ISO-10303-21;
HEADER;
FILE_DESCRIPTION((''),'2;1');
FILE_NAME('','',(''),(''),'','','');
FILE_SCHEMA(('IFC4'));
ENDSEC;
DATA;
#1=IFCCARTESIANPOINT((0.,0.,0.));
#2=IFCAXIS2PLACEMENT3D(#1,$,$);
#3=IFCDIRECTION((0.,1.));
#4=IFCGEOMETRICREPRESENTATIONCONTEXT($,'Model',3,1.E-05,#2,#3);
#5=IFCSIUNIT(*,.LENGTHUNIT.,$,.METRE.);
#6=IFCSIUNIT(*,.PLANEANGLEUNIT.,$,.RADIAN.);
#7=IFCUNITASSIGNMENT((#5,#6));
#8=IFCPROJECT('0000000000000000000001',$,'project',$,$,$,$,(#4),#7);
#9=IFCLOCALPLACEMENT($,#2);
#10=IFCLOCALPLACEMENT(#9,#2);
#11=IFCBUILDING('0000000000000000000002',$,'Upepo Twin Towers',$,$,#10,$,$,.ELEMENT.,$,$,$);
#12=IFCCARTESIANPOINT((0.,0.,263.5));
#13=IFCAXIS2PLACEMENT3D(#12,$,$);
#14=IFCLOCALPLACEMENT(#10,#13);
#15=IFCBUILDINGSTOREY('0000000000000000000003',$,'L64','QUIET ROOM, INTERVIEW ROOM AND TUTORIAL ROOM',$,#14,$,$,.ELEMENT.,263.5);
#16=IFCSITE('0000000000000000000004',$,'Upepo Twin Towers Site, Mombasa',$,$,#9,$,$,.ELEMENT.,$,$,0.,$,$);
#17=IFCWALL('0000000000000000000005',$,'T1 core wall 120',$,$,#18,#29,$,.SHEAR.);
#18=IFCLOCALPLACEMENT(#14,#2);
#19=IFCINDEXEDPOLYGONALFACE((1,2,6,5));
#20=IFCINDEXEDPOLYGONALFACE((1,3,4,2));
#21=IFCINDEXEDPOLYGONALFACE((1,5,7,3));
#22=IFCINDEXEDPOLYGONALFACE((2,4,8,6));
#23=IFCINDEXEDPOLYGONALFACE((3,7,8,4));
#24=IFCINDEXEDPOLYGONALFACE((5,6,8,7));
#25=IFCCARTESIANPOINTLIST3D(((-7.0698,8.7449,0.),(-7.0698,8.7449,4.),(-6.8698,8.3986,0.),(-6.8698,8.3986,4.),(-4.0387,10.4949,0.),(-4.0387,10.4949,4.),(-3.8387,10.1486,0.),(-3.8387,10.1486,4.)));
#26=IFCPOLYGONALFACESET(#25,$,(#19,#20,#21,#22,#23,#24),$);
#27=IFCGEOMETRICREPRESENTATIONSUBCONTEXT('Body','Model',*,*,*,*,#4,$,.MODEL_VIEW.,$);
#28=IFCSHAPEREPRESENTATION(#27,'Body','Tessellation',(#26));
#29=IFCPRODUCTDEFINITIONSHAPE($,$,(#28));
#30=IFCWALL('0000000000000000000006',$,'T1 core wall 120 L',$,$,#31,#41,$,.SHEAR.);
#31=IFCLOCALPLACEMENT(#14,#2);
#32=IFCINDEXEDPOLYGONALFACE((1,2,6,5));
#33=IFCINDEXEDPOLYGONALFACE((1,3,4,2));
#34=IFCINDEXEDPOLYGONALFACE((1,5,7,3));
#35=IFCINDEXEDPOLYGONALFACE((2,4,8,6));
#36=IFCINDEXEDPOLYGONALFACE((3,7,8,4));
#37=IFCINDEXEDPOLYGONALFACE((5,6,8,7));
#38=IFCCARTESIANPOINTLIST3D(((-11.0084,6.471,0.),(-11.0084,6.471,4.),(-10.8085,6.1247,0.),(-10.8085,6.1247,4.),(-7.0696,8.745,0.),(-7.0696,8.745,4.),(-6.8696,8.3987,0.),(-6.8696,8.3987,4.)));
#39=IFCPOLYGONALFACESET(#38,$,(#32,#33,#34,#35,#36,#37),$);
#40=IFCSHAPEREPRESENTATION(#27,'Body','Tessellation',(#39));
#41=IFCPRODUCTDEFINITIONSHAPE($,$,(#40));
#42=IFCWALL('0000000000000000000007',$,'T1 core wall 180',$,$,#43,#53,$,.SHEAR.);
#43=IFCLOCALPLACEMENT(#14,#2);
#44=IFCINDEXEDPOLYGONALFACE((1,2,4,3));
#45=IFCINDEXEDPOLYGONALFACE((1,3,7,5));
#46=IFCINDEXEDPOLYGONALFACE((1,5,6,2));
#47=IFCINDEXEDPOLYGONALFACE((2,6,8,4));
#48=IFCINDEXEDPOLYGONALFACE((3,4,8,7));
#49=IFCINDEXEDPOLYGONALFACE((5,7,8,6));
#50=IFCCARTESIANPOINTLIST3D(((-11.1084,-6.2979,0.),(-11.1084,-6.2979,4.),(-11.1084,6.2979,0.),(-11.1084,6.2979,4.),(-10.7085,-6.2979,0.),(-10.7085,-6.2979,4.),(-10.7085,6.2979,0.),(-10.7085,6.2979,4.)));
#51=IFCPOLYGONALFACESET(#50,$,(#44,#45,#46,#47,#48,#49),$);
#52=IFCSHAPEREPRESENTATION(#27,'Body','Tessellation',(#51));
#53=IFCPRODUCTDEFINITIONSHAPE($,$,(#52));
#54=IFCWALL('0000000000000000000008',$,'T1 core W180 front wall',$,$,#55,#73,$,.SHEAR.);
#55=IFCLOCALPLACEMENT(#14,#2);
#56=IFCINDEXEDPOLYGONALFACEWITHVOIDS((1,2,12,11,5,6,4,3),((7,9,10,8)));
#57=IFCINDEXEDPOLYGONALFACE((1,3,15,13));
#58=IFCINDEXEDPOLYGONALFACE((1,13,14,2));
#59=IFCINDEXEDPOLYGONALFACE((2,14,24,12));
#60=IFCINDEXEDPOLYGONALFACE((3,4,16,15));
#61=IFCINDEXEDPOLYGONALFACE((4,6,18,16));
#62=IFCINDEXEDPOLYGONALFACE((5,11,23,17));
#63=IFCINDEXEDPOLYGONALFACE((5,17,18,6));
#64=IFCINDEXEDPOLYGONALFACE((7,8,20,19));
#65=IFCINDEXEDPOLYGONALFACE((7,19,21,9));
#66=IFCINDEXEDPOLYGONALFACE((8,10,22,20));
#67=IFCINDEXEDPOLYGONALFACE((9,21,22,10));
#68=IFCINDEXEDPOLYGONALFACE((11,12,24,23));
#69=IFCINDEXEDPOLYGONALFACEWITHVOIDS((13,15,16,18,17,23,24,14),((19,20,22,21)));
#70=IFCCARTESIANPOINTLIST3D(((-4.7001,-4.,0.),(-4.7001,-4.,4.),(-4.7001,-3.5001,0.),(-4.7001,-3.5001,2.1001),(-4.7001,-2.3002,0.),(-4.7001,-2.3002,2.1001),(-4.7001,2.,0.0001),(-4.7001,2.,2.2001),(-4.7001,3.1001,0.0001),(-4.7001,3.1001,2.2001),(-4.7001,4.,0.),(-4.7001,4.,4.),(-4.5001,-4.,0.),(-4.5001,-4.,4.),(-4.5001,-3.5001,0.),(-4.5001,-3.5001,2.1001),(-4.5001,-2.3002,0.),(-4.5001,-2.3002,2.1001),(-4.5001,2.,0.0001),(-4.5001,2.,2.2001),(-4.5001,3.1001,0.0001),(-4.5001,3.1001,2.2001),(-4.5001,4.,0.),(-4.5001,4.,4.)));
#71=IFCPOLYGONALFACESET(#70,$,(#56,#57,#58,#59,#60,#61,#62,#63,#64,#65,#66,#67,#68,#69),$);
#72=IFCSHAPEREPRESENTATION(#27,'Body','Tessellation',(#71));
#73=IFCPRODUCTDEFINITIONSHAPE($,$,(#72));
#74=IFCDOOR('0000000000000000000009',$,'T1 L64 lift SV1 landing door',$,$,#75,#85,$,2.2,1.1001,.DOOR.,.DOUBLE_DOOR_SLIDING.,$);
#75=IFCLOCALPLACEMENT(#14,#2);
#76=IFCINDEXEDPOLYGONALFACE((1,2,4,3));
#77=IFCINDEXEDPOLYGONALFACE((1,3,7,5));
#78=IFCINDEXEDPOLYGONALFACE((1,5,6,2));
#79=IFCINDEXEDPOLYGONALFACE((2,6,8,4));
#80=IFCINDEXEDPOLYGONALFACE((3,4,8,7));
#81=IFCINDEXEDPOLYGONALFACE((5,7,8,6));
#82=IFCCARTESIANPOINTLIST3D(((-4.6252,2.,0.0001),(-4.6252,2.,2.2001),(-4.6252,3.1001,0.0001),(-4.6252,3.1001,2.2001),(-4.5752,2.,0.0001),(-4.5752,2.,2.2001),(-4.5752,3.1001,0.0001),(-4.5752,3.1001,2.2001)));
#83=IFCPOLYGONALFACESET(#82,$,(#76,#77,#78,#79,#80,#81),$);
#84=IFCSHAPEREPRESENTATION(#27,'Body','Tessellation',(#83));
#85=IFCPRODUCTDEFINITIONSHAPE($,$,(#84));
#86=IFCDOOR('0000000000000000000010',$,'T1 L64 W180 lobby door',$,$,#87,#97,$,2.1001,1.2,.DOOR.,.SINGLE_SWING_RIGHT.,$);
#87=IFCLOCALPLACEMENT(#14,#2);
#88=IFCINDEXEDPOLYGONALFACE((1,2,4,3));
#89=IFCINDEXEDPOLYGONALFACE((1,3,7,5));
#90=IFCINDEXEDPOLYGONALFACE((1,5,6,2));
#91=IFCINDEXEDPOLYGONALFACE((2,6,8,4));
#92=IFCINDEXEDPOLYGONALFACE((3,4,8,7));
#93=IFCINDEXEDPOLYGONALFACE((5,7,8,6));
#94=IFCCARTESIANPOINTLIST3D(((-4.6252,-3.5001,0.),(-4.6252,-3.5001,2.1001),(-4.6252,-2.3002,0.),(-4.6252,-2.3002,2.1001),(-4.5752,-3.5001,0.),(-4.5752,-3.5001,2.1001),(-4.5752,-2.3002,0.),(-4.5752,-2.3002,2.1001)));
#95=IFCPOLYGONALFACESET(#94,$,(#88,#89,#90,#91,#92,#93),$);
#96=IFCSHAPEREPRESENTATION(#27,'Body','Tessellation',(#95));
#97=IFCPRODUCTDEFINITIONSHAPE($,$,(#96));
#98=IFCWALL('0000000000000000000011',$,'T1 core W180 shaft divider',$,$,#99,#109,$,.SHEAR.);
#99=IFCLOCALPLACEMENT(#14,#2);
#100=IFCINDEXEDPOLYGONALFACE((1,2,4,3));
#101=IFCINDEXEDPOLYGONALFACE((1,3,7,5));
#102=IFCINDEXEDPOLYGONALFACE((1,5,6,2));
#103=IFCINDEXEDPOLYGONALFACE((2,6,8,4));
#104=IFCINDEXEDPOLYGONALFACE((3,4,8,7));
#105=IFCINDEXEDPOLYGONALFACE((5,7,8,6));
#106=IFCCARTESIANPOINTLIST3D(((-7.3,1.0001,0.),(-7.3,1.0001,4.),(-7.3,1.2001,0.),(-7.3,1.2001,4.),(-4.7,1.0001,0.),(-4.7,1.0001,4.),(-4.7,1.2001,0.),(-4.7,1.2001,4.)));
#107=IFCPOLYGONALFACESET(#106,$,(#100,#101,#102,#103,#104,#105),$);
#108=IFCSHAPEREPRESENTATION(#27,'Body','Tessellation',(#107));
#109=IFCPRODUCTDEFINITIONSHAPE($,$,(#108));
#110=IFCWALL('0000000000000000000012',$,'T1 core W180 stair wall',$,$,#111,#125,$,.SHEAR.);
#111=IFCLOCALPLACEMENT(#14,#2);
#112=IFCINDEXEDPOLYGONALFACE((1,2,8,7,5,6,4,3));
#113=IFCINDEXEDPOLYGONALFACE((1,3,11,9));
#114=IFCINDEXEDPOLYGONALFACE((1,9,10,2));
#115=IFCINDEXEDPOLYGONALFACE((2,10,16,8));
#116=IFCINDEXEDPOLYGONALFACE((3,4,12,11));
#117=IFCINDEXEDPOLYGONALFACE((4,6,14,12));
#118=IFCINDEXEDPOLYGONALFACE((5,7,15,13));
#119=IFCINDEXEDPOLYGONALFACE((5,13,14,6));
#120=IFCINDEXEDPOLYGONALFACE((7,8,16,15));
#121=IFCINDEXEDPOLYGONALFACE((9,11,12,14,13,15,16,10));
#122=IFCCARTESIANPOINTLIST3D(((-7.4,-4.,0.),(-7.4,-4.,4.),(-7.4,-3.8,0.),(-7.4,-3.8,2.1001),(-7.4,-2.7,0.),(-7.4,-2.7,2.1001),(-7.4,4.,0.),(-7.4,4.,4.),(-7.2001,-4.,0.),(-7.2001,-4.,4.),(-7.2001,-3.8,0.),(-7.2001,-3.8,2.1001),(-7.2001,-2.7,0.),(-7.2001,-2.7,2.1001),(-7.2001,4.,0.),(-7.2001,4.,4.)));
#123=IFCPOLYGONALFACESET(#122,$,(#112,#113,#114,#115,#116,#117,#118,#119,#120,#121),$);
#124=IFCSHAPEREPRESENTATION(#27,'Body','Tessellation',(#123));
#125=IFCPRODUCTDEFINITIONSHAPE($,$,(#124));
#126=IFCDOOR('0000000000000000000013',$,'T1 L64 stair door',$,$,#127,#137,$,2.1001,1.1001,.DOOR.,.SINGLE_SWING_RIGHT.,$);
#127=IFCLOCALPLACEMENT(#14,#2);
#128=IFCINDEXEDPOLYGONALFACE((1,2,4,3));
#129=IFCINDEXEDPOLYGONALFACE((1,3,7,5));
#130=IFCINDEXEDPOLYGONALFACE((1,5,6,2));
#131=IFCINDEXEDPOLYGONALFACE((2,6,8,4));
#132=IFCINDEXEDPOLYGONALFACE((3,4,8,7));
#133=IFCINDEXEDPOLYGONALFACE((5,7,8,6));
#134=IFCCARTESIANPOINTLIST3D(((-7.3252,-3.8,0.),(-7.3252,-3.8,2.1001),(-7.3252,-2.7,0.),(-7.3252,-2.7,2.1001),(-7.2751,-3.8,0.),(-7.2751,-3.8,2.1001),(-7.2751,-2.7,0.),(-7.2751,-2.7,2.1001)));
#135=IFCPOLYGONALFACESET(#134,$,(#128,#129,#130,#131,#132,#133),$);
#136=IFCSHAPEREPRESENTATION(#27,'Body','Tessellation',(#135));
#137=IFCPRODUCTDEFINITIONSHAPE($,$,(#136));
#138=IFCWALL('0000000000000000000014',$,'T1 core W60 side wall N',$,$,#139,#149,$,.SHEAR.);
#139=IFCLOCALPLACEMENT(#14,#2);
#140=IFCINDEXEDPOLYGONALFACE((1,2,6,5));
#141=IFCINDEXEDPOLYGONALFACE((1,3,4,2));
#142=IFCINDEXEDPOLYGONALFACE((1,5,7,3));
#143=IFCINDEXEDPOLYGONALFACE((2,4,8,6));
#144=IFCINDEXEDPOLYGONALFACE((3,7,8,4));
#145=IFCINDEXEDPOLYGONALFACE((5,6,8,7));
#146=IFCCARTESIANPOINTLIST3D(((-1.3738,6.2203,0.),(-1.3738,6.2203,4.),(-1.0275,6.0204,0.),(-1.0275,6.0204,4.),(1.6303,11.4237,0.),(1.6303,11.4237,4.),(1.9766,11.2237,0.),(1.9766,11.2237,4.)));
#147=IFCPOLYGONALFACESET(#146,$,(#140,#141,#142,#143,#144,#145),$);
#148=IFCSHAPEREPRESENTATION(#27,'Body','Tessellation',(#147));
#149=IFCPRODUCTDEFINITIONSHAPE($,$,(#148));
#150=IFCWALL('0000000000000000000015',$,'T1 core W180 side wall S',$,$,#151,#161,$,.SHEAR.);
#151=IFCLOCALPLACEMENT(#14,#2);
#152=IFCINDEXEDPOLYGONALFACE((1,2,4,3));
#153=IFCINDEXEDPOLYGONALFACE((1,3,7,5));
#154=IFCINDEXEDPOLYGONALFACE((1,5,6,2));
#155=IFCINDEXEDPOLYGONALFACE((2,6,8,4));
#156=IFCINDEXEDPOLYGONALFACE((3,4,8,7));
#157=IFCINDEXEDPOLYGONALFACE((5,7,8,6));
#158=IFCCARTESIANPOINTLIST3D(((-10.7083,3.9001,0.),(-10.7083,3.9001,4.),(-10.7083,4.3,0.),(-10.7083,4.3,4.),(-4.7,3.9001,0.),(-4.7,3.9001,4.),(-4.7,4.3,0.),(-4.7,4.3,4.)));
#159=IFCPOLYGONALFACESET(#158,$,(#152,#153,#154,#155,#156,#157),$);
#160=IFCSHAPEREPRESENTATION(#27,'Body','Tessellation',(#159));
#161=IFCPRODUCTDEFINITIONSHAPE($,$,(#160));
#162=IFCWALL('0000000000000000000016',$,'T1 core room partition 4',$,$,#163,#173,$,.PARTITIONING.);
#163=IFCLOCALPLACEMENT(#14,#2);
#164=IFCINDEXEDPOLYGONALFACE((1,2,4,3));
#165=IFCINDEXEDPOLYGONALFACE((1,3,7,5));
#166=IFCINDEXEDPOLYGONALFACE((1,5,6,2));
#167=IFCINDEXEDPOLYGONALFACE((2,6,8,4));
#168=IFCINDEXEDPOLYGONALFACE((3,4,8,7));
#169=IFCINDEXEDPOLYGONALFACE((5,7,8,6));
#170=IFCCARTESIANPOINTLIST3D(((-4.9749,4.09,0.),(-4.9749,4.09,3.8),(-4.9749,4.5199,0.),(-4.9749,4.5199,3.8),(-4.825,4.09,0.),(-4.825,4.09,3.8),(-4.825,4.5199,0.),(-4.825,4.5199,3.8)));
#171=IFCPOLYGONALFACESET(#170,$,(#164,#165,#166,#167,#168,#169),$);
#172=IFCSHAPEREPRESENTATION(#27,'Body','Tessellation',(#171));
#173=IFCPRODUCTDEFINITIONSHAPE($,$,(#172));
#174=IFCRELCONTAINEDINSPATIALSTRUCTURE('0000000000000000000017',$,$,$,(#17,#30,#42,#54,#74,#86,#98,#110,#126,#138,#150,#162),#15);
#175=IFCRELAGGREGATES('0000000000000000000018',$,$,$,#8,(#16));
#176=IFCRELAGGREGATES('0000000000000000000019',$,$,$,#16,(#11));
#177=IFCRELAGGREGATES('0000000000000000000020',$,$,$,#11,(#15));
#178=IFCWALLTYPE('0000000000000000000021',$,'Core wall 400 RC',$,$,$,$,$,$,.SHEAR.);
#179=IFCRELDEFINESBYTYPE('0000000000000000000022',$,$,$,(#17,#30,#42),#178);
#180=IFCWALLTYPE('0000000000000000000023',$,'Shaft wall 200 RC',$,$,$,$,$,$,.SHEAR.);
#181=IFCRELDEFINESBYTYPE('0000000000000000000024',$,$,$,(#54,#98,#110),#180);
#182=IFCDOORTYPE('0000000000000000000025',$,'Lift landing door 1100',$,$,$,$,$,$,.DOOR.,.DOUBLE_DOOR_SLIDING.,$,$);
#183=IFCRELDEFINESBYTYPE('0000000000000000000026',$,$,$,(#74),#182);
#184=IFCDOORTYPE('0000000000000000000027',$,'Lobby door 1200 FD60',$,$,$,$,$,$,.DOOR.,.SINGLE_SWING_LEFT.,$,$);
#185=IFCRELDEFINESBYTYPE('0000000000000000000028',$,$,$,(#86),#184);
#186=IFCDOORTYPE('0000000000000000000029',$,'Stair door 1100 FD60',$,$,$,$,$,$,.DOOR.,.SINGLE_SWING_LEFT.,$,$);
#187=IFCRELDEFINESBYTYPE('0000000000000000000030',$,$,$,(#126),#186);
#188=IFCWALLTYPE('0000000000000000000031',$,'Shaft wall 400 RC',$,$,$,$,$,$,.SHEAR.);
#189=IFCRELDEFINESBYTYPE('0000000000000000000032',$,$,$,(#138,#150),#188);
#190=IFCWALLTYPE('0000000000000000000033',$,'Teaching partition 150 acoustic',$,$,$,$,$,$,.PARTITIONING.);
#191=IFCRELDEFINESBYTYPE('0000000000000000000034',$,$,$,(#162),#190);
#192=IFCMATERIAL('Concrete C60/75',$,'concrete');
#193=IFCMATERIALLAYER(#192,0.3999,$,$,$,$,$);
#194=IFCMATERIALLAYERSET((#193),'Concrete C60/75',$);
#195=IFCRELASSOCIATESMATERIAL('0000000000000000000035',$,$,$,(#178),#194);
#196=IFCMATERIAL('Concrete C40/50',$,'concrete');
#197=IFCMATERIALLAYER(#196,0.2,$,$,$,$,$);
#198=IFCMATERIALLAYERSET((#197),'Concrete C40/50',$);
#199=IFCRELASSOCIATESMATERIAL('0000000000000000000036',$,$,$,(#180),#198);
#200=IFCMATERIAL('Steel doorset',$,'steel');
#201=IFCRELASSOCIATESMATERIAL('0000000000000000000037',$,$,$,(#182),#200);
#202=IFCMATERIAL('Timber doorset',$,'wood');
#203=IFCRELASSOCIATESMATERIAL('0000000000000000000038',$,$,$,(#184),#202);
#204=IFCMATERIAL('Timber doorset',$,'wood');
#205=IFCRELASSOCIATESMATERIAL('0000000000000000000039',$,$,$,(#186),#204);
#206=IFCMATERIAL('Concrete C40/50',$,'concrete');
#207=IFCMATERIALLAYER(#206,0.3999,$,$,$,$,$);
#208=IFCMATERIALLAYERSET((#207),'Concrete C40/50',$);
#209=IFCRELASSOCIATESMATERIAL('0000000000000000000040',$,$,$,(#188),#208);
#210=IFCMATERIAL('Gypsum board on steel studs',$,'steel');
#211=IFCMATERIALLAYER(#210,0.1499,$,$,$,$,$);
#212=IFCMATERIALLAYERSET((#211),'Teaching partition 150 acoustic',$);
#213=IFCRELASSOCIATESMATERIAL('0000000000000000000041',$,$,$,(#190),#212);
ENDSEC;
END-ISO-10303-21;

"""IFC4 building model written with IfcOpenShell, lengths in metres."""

from ifc_helpers import new_model, si_unit, direction, frame, frame_2d, origin, place, context, subcontext, project, spatial, rectangle, extrude, material, layer, layer_set, type_object, element, fill, save


model = new_model("IFC4")

# Units and contexts
model_context = context("Model", 3, precision=1e-05, world=origin(), true_north=direction((0.0, 1.0)))
body_context = subcontext(model_context, "Body", "Model", "MODEL_VIEW")
ifc_project = project(units=[si_unit("LENGTHUNIT", "METRE"), si_unit("PLANEANGLEUNIT", "RADIAN")], contexts=[model_context])

# Site, building, storey
site_placement = place(None, origin())
site = spatial("IfcSite", under=ifc_project, at=site_placement, Name="Upepo Twin Towers Site, Mombasa", CompositionType="ELEMENT", RefElevation=0.0)
building_placement = place(site_placement, origin())
building = spatial("IfcBuilding", under=site, at=building_placement, Name="Upepo Twin Towers", CompositionType="ELEMENT")
storey_placement = place(building_placement, frame((0.0, 0.0, 263.5)))
storey = spatial("IfcBuildingStorey", under=building, at=storey_placement, Name="L64", Description="QUIET ROOM, INTERVIEW ROOM AND TUTORIAL ROOM", CompositionType="ELEMENT", Elevation=263.5)

# Walls
ifc_material_1 = material(Name="Concrete C60/75", Category="concrete")
ifc_layer_1 = layer(ifc_material_1, 0.3999)
ifc_layer_set_1 = layer_set([ifc_layer_1], Name="Concrete C60/75")
wall_type_1 = type_object("IfcWallType", Name="Core wall 400 RC", PredefinedType="SHEAR", material=ifc_layer_set_1)
wall_1_placement = place(storey_placement, frame((-3.9387, 10.3218, 0.0), z_axis=(0.0, 0.0, 1.0), x_axis=(-0.866019, -0.50001, 0.0)))
element("IfcWall", 1, at=wall_1_placement, inside=storey, type_object=wall_type_1, Name="T1 core wall 120", PredefinedType="SHEAR", context=body_context, shape_type="SweptSolid", body=[
    extrude(rectangle(XDim=3.5, YDim=0.3999, at=frame_2d((1.75, 0.0))), origin(), (0.0, 0.0, 1.0), 4.0),
])
wall_2_placement = place(storey_placement, frame((-6.9697, 8.5718, 0.0), z_axis=(0.0, 0.0, 1.0), x_axis=(-0.866035, -0.499984, 0.0)))
element("IfcWall", 2, at=wall_2_placement, inside=storey, type_object=wall_type_1, Name="T1 core wall 120 L", PredefinedType="SHEAR", context=body_context, shape_type="SweptSolid", body=[
    extrude(rectangle(XDim=4.5481, YDim=0.3999, at=frame_2d((2.2739, 0.0))), origin(), (0.0, 0.0, 1.0), 4.0),
])
wall_3_placement = place(storey_placement, frame((-10.9084, 6.2979, 0.0), z_axis=(0.0, 0.0, 1.0), x_axis=(0.0, -1.0, 0.0)))
element("IfcWall", 3, at=wall_3_placement, inside=storey, type_object=wall_type_1, Name="T1 core wall 180", PredefinedType="SHEAR", context=body_context, shape_type="SweptSolid", body=[
    extrude(rectangle(XDim=12.5957, YDim=0.3999, at=frame_2d((6.2979, 0.0))), origin(), (0.0, 0.0, 1.0), 4.0),
])

# Wall, openings, doors
ifc_material_2 = material(Name="Concrete C40/50", Category="concrete")
ifc_layer_2 = layer(ifc_material_2, 0.2)
ifc_layer_set_2 = layer_set([ifc_layer_2], Name="Concrete C40/50")
wall_type_2 = type_object("IfcWallType", Name="Shaft wall 200 RC", PredefinedType="SHEAR", material=ifc_layer_set_2)
wall_4_placement = place(storey_placement, frame((-4.6001, 4.0, 0.0), z_axis=(0.0, 0.0, 1.0), x_axis=(0.0, -1.0, 0.0)))
wall_4 = element("IfcWall", 4, at=wall_4_placement, inside=storey, type_object=wall_type_2, Name="T1 core W180 front wall", PredefinedType="SHEAR", context=body_context, shape_type="SweptSolid", body=[
    extrude(rectangle(XDim=8.0, YDim=0.2, at=frame_2d((4.0, 0.0))), origin(), (0.0, 0.0, 1.0), 4.0),
])
opening_1_placement = place(wall_4_placement, frame((6.3, 0.0, 0.0)))
opening_1 = element("IfcOpeningElement", 5, at=opening_1_placement, cuts=wall_4, PredefinedType="OPENING", context=body_context, shape_type="SweptSolid", body=[
    extrude(rectangle(XDim=1.2, YDim=2.1001, at=frame_2d((0.6001, 1.05))), frame((0.0, 0.1099, 0.0), z_axis=(0.0, -1.0, 0.0), x_axis=(1.0, 0.0, 0.0)), (0.0, 0.0, 1.0), 0.22),
])
opening_2_placement = place(wall_4_placement, frame((0.8999, 0.0, 0.0)))
opening_2 = element("IfcOpeningElement", 6, at=opening_2_placement, cuts=wall_4, PredefinedType="OPENING", context=body_context, shape_type="SweptSolid", body=[
    extrude(rectangle(XDim=1.1001, YDim=2.2, at=frame_2d((0.55, 1.1001))), frame((0.0, 0.1099, 0.0), z_axis=(0.0, -1.0, 0.0), x_axis=(1.0, 0.0, 0.0)), (0.0, 0.0, 1.0), 0.22),
])
ifc_material_3 = material(Name="Steel doorset", Category="steel")
door_type_1 = type_object("IfcDoorType", Name="Lift landing door 1100", OperationType="DOUBLE_DOOR_SLIDING", PredefinedType="DOOR", material=ifc_material_3)
door_1_placement = place(opening_2_placement, origin())
door_1 = element("IfcDoor", 7, at=door_1_placement, inside=storey, type_object=door_type_1, Name="T1 L64 lift SV1 landing door", OperationType="DOUBLE_DOOR_SLIDING", OverallHeight=2.2, OverallWidth=1.1001, PredefinedType="DOOR", context=body_context, shape_type="SweptSolid", body=[
    extrude(rectangle(XDim=1.1001, YDim=2.2, at=frame_2d((0.55, 1.1001))), frame((0.0, 0.0249, 0.0), z_axis=(0.0, -1.0, 0.0), x_axis=(1.0, 0.0, 0.0)), (0.0, 0.0, 1.0), 0.05),
])
fill(opening_2, door_1)
ifc_material_4 = material(Name="Timber doorset", Category="wood")
door_type_2 = type_object("IfcDoorType", Name="Lobby door 1200 FD60", OperationType="SINGLE_SWING_LEFT", PredefinedType="DOOR", material=ifc_material_4)
door_2_placement = place(opening_1_placement, origin())
door_2 = element("IfcDoor", 8, at=door_2_placement, inside=storey, type_object=door_type_2, Name="T1 L64 W180 lobby door", OperationType="SINGLE_SWING_RIGHT", OverallHeight=2.1001, OverallWidth=1.2, PredefinedType="DOOR", context=body_context, shape_type="SweptSolid", body=[
    extrude(rectangle(XDim=1.2, YDim=2.1001, at=frame_2d((0.6001, 1.05))), frame((0.0, 0.0249, 0.0), z_axis=(0.0, -1.0, 0.0), x_axis=(1.0, 0.0, 0.0)), (0.0, 0.0, 1.0), 0.05),
])
fill(opening_1, door_2)

# Wall
wall_5_placement = place(storey_placement, frame((-4.7, 1.1001, 0.0), z_axis=(0.0, 0.0, 1.0), x_axis=(-1.0, 0.0, 0.0)))
element("IfcWall", 9, at=wall_5_placement, inside=storey, type_object=wall_type_2, Name="T1 core W180 shaft divider", PredefinedType="SHEAR", context=body_context, shape_type="SweptSolid", body=[
    extrude(rectangle(XDim=2.6001, YDim=0.2, at=frame_2d((1.3, 0.0))), origin(), (0.0, 0.0, 1.0), 4.0),
])

# Wall, opening, door
wall_6_placement = place(storey_placement, frame((-7.3, 4.0, 0.0), z_axis=(0.0, 0.0, 1.0), x_axis=(0.0, -1.0, 0.0)))
wall_6 = element("IfcWall", 10, at=wall_6_placement, inside=storey, type_object=wall_type_2, Name="T1 core W180 stair wall", PredefinedType="SHEAR", context=body_context, shape_type="SweptSolid", body=[
    extrude(rectangle(XDim=8.0, YDim=0.2, at=frame_2d((4.0, 0.0))), origin(), (0.0, 0.0, 1.0), 4.0),
])
opening_3_placement = place(wall_6_placement, frame((6.7, 0.0, 0.0)))
opening_3 = element("IfcOpeningElement", 11, at=opening_3_placement, cuts=wall_6, PredefinedType="OPENING", context=body_context, shape_type="SweptSolid", body=[
    extrude(rectangle(XDim=1.1001, YDim=2.1001, at=frame_2d((0.55, 1.05))), frame((0.0, 0.1099, 0.0), z_axis=(0.0, -1.0, 0.0), x_axis=(1.0, 0.0, 0.0)), (0.0, 0.0, 1.0), 0.22),
])
ifc_material_5 = material(Name="Timber doorset", Category="wood")
door_type_3 = type_object("IfcDoorType", Name="Stair door 1100 FD60", OperationType="SINGLE_SWING_LEFT", PredefinedType="DOOR", material=ifc_material_5)
door_3_placement = place(opening_3_placement, origin())
door_3 = element("IfcDoor", 12, at=door_3_placement, inside=storey, type_object=door_type_3, Name="T1 L64 stair door", OperationType="SINGLE_SWING_RIGHT", OverallHeight=2.1001, OverallWidth=1.1001, PredefinedType="DOOR", context=body_context, shape_type="SweptSolid", body=[
    extrude(rectangle(XDim=1.1001, YDim=2.1001, at=frame_2d((0.55, 1.05))), frame((0.0, 0.0249, 0.0), z_axis=(0.0, -1.0, 0.0), x_axis=(1.0, 0.0, 0.0)), (0.0, 0.0, 1.0), 0.05),
])
fill(opening_3, door_3)

# Walls
ifc_material_6 = material(Name="Concrete C40/50", Category="concrete")
ifc_layer_3 = layer(ifc_material_6, 0.3999)
ifc_layer_set_3 = layer_set([ifc_layer_3], Name="Concrete C40/50")
wall_type_3 = type_object("IfcWallType", Name="Shaft wall 400 RC", PredefinedType="SHEAR", material=ifc_layer_set_3)
for number, where, z_axis, x_axis, name in (
    (13, (-1.2007, 6.1204, 0.0), (0.0, 0.0, 1.0), (0.499998, 0.866027, 0.0), "T1 core W60 side wall N"),
    (14, (-4.7, 4.1001, 0.0), (0.0, 0.0, 1.0), (-1.0, 0.0, 0.0), "T1 core W180 side wall S"),
):
    element("IfcWall", number, at=place(storey_placement, frame(where, z_axis=z_axis, x_axis=x_axis)), inside=storey, type_object=wall_type_3, Name=name, PredefinedType="SHEAR", context=body_context, shape_type="SweptSolid", body=[
        extrude(rectangle(XDim=6.0083, YDim=0.3999, at=frame_2d((3.0042, 0.0))), origin(), (0.0, 0.0, 1.0), 4.0),
    ])
ifc_material_7 = material(Name="Gypsum board on steel studs", Category="steel")
ifc_layer_4 = layer(ifc_material_7, 0.1499)
ifc_layer_set_4 = layer_set([ifc_layer_4], Name="Teaching partition 150 acoustic")
wall_type_4 = type_object("IfcWallType", Name="Teaching partition 150 acoustic", PredefinedType="PARTITIONING", material=ifc_layer_set_4)
wall_7_placement = place(storey_placement, frame((-4.8999, 4.0901, 0.0), z_axis=(0.0, 0.0, 1.0), x_axis=(0.0, 1.0, 0.0)))
element("IfcWall", 15, at=wall_7_placement, inside=storey, type_object=wall_type_4, Name="T1 core room partition 4", PredefinedType="PARTITIONING", context=body_context, shape_type="SweptSolid", body=[
    extrude(rectangle(XDim=0.4299, YDim=0.1499, at=frame_2d((0.2148, 0.0))), origin(), (0.0, 0.0, 1.0), 3.8),
])

save(model, "model.ifc")
